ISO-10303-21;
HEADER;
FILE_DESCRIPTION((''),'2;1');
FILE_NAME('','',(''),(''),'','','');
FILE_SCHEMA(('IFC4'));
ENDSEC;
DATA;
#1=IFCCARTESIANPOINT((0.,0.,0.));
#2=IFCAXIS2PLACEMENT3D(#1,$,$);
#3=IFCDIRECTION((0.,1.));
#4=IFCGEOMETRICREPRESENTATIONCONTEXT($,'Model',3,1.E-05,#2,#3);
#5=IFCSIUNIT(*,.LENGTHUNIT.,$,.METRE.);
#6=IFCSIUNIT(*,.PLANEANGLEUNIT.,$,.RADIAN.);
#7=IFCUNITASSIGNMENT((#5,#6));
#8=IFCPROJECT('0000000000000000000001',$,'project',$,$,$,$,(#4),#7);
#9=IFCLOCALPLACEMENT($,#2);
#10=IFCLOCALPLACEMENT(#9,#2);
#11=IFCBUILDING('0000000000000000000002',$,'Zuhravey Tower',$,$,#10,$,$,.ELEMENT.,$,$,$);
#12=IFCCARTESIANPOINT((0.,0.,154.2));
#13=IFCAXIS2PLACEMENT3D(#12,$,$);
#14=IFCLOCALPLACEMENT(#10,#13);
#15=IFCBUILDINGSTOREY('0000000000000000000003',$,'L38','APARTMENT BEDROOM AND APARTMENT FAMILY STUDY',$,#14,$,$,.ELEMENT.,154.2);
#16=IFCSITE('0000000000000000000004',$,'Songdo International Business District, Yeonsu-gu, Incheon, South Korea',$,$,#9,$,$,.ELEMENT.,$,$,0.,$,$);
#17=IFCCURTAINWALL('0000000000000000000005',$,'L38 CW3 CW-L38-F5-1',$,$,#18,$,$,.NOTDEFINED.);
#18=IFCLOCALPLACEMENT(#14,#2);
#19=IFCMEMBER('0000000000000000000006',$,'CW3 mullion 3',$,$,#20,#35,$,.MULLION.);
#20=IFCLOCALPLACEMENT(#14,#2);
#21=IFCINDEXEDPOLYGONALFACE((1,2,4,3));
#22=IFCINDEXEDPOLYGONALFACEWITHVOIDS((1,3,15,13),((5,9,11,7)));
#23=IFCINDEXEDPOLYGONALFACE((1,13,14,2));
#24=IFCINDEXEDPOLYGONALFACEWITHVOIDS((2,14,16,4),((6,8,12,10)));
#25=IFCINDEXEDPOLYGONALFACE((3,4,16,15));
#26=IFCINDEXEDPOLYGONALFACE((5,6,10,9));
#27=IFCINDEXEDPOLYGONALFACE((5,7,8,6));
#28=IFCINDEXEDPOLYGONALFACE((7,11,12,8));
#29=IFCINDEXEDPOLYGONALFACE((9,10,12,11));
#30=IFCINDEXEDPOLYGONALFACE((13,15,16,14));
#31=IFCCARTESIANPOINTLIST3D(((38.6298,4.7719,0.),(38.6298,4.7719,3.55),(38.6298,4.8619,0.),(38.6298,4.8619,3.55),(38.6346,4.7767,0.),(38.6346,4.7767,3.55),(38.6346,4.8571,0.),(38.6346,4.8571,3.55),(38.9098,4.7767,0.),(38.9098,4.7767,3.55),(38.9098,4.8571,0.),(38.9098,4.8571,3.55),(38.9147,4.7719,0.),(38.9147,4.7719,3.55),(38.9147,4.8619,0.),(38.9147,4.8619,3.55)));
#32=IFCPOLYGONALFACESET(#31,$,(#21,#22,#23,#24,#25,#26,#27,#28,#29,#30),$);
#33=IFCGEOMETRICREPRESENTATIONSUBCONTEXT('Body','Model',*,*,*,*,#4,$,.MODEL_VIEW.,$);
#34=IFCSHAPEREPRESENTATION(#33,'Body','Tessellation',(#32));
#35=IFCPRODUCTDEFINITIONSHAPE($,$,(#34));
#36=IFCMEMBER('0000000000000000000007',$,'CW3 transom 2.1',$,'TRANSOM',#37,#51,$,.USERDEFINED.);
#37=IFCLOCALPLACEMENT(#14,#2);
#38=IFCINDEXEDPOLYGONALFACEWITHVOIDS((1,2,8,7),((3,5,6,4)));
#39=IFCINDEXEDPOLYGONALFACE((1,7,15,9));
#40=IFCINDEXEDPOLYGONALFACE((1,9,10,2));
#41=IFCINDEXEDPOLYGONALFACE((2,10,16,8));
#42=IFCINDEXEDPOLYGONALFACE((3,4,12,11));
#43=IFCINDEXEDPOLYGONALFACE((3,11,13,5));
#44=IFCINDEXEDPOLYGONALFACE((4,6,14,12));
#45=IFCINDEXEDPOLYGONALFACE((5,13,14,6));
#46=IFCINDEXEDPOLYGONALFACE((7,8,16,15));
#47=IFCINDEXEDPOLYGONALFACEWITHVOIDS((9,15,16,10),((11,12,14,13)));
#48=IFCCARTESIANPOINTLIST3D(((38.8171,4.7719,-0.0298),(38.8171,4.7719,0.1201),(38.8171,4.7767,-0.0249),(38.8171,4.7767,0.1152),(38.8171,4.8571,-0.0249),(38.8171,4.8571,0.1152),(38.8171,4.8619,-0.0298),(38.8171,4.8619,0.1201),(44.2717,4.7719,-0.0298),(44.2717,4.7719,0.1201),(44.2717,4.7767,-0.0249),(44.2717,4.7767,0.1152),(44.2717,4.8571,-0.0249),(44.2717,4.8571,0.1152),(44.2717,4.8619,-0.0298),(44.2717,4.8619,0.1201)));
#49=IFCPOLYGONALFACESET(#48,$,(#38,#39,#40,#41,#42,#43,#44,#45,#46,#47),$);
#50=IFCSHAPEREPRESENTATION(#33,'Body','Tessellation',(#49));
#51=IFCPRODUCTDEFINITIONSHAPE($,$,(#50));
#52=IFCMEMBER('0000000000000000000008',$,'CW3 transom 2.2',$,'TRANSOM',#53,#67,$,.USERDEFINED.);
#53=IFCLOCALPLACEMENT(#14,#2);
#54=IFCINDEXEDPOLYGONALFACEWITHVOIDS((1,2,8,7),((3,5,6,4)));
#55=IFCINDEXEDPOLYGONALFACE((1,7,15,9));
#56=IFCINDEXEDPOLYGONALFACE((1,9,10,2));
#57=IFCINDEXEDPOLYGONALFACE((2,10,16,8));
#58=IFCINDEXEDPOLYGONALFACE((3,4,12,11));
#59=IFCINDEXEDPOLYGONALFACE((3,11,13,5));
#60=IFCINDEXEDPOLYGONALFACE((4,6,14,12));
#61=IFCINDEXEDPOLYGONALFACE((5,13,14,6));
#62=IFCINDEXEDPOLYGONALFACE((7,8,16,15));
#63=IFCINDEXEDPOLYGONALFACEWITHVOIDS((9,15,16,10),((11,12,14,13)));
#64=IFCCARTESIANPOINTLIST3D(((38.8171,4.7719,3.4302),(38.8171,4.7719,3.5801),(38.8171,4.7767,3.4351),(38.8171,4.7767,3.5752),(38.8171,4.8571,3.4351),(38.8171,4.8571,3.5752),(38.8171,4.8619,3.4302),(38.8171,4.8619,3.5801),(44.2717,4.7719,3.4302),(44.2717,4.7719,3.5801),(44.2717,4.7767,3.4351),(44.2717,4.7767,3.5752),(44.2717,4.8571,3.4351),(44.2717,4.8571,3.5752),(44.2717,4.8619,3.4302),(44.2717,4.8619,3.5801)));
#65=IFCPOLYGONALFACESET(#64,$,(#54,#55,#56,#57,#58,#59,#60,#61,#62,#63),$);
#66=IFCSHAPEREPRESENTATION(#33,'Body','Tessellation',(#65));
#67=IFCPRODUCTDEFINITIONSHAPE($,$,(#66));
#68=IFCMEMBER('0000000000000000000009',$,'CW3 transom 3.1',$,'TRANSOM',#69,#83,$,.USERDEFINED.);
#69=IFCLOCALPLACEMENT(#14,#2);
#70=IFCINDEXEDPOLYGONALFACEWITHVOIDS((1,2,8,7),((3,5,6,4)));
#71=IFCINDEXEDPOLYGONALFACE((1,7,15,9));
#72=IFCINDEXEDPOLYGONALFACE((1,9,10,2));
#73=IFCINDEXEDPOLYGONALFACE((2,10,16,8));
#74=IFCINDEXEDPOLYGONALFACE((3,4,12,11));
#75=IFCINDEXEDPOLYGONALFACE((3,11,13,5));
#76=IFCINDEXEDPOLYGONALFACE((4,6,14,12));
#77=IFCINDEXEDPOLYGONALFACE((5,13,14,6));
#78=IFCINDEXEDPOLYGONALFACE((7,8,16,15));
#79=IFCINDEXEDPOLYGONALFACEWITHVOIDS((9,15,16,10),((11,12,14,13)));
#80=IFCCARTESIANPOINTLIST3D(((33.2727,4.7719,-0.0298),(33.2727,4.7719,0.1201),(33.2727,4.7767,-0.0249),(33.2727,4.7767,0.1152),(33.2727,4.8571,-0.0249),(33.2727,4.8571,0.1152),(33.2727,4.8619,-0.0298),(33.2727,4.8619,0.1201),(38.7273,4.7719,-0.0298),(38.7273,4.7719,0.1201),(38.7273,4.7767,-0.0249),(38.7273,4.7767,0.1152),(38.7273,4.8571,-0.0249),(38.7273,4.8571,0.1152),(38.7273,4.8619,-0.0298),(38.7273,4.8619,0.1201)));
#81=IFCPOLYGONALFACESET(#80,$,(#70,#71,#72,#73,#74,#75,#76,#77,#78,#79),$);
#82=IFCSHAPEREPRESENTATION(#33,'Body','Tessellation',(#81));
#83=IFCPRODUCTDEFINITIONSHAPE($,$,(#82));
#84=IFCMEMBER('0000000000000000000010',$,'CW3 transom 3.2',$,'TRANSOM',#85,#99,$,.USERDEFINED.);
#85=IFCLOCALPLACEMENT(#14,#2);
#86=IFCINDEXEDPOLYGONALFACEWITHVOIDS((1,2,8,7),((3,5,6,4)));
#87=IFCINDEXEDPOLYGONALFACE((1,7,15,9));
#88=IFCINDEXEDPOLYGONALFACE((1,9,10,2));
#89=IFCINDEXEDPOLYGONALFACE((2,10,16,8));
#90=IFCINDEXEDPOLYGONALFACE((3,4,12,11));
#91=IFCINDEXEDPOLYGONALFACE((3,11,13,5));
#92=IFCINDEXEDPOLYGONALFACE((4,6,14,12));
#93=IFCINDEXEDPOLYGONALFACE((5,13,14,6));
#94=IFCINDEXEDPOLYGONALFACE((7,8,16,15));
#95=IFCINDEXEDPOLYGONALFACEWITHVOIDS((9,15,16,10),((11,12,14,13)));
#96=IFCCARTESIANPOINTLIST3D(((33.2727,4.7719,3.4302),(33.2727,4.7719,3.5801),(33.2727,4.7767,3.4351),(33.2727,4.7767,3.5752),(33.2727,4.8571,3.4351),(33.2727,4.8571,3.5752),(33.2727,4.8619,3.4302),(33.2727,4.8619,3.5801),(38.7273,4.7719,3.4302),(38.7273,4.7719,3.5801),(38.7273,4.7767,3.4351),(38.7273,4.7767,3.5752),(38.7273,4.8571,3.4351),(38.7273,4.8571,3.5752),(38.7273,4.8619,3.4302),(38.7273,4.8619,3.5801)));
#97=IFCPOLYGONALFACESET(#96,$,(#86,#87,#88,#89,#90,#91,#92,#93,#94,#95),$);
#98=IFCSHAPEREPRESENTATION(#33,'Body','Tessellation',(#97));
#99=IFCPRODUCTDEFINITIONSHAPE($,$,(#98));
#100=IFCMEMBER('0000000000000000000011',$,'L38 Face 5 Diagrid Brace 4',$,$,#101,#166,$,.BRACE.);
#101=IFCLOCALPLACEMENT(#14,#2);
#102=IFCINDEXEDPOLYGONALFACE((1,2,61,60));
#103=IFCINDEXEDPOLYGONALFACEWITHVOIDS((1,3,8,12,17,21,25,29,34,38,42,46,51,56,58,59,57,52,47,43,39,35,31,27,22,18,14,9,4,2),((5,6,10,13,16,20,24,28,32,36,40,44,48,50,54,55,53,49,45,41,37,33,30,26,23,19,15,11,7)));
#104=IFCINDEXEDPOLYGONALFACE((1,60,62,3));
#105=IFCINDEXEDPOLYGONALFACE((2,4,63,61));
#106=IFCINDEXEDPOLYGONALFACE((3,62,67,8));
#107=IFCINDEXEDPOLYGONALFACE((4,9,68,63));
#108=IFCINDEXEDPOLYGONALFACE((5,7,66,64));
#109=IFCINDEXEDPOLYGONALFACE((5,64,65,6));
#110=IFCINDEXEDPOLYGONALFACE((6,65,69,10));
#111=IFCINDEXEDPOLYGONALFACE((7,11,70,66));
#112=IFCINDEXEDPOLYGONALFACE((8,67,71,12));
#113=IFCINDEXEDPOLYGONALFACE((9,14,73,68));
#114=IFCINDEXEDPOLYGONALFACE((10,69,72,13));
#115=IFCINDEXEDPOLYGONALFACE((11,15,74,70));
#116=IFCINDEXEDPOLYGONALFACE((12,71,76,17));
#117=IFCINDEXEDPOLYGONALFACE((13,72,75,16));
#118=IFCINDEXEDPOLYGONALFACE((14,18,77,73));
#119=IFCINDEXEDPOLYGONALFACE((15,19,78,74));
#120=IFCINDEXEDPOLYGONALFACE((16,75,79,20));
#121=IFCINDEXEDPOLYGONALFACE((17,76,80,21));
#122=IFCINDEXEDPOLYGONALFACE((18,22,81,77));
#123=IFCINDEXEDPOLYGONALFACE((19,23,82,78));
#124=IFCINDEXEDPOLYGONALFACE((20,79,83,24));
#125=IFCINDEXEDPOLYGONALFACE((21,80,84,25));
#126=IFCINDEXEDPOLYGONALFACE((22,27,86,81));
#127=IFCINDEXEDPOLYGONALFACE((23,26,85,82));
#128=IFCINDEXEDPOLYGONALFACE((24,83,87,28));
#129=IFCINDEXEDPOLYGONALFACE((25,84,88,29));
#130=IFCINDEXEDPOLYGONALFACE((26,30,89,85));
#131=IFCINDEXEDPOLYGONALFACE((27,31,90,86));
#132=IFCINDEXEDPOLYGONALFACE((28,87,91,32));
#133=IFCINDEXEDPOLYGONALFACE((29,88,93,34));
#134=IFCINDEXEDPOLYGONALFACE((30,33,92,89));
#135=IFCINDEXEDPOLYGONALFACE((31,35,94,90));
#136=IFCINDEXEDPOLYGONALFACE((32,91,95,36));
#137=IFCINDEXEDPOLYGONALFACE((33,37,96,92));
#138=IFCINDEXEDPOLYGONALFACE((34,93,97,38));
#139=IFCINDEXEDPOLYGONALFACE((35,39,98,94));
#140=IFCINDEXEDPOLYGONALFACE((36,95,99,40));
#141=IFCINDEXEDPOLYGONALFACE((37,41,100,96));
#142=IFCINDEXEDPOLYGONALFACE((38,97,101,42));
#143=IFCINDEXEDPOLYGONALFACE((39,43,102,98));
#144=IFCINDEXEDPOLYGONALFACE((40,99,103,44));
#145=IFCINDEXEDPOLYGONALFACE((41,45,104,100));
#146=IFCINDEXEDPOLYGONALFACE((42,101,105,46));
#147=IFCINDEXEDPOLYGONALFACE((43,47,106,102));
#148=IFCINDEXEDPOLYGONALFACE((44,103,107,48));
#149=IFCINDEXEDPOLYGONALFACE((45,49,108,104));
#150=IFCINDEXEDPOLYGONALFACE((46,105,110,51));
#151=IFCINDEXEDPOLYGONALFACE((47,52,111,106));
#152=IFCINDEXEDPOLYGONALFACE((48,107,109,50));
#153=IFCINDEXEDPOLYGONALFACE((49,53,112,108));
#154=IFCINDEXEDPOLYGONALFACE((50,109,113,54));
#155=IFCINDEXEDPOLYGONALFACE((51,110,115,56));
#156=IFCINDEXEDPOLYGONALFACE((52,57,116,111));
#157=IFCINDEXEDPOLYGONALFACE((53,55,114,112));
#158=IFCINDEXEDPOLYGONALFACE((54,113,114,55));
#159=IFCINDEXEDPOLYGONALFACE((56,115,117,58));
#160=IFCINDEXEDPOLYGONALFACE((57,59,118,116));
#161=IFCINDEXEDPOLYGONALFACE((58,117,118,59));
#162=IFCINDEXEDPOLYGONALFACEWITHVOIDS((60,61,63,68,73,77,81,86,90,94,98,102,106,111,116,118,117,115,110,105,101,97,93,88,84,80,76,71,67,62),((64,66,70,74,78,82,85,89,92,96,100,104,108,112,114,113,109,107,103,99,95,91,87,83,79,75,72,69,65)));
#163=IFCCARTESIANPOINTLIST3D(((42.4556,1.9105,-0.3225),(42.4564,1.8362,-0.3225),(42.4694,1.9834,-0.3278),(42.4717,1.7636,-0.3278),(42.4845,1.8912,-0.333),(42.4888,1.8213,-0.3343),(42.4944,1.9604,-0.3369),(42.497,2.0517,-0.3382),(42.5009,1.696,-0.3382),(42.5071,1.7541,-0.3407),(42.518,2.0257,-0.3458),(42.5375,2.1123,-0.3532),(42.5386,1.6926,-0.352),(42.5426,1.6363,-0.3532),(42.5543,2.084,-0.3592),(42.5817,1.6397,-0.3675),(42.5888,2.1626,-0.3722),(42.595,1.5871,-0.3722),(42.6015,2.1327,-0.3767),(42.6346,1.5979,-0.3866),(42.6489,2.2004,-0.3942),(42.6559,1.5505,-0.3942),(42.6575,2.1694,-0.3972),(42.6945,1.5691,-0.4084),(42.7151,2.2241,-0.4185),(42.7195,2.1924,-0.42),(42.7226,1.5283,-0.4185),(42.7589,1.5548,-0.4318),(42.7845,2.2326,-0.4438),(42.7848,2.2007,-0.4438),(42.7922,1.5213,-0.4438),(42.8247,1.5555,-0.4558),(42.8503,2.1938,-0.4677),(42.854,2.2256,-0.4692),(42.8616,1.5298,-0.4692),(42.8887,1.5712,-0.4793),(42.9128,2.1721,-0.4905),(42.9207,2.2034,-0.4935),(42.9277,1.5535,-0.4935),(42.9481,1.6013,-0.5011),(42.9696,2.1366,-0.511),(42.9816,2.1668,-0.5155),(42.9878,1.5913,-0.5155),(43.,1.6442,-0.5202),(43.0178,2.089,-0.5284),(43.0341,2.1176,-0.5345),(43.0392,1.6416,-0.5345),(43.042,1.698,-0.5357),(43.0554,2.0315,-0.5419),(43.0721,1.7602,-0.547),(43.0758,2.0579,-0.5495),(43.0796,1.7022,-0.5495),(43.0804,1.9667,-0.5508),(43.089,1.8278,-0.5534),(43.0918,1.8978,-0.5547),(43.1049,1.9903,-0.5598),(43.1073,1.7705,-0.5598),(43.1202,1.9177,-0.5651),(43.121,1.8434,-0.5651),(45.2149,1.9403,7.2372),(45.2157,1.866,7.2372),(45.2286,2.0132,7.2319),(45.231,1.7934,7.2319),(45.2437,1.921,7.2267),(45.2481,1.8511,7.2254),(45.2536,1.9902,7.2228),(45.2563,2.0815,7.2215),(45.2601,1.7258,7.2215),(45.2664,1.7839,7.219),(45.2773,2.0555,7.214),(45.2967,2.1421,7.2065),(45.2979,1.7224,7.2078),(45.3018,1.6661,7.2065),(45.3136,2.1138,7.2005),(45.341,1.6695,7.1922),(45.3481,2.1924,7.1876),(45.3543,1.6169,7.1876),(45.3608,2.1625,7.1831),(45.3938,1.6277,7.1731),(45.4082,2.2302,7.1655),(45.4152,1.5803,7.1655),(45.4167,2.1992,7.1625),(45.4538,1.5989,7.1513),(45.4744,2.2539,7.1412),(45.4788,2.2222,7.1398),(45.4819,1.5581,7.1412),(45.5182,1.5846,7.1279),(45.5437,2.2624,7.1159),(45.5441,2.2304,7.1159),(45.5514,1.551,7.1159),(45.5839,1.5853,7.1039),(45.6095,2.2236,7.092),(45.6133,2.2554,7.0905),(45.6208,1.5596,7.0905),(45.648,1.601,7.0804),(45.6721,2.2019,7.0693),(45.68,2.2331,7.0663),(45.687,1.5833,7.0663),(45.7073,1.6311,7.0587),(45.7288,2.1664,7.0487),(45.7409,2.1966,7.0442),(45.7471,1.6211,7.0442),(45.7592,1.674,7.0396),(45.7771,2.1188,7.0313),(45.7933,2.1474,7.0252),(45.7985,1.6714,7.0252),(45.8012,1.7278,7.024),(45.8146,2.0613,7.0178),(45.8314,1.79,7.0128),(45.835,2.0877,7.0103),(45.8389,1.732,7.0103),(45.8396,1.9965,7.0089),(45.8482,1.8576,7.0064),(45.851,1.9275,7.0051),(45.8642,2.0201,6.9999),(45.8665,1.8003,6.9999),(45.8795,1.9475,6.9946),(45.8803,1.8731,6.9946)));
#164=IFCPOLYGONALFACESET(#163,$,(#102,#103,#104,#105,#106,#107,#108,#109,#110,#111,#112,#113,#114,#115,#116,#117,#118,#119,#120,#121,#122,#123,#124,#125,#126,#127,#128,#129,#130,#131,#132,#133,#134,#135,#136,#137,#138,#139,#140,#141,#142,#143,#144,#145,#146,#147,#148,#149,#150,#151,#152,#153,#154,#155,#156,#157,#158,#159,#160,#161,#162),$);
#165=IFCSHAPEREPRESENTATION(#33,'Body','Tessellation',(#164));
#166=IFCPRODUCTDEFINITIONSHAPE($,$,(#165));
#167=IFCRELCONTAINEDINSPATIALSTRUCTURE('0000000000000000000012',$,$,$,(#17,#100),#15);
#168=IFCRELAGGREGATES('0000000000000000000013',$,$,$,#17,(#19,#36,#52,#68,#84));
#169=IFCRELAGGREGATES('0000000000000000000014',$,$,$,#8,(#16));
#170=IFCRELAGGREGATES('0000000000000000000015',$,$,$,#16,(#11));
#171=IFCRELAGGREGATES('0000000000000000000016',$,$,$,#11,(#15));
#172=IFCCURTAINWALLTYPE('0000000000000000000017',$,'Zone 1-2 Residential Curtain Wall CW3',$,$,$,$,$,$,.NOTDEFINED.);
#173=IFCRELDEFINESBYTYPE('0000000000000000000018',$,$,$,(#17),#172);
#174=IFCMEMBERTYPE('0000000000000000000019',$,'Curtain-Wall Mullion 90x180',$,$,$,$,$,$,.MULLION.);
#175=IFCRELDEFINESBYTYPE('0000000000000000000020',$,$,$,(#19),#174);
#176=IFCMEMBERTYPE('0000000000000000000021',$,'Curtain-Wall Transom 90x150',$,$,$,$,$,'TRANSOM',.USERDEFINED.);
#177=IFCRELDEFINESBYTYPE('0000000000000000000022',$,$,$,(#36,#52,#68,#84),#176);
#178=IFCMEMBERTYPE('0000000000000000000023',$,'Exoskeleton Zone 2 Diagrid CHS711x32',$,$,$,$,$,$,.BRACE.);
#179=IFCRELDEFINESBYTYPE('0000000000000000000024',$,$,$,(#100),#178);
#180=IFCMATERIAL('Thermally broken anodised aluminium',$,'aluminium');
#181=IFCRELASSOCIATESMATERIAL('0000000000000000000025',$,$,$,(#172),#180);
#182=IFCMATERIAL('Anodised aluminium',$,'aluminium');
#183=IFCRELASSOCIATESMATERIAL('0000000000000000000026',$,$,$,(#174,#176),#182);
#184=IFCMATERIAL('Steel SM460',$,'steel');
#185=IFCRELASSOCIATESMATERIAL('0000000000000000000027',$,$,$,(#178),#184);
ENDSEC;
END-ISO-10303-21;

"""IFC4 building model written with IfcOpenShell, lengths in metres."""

from ifc_helpers import new_model, si_unit, direction, frame, origin, origin_2d, place, context, subcontext, project, spatial, hollow_rectangle, hollow_circle, extrude, material, material_profile, profile_set, type_object, element, aggregate, save


model = new_model("IFC4")

# Units and contexts
model_context = context("Model", 3, precision=1e-05, world=origin(), true_north=direction((0.0, 1.0)))
body_context = subcontext(model_context, "Body", "Model", "MODEL_VIEW")
ifc_project = project(units=[si_unit("LENGTHUNIT", "METRE"), si_unit("PLANEANGLEUNIT", "RADIAN")], contexts=[model_context])

# Site, building, storey
site_placement = place(None, origin())
site = spatial("IfcSite", under=ifc_project, at=site_placement, Name="Songdo International Business District, Yeonsu-gu, Incheon, South Korea", CompositionType="ELEMENT", RefElevation=0.0)
building_placement = place(site_placement, origin())
building = spatial("IfcBuilding", under=site, at=building_placement, Name="Zuhravey Tower", CompositionType="ELEMENT")
storey_placement = place(building_placement, frame((0.0, 0.0, 154.2)))
storey = spatial("IfcBuildingStorey", under=building, at=storey_placement, Name="L38", Description="APARTMENT BEDROOM AND APARTMENT FAMILY STUDY", CompositionType="ELEMENT", Elevation=154.2)

# Curtain wall, members
ifc_material_1 = material(Name="Thermally broken anodised aluminium", Category="aluminium")
curtain_wall_type = type_object("IfcCurtainWallType", Name="Zone 1-2 Residential Curtain Wall CW3", PredefinedType="NOTDEFINED", material=ifc_material_1)
curtain_wall_placement = place(storey_placement, origin())
curtain_wall = element("IfcCurtainWall", 1, at=curtain_wall_placement, inside=storey, type_object=curtain_wall_type, Name="L38 CW3 CW-L38-F5-1", PredefinedType="NOTDEFINED")
ifc_material_2 = material(Name="Anodised aluminium", Category="aluminium")
ifc_material_profile_1 = material_profile(ifc_material_2, hollow_rectangle(XDim=0.0901, YDim=0.2849, WallThickness=0.0049, at=origin_2d()), Name="ALU-RHS-90x285x5")
ifc_profile_set_1 = profile_set([ifc_material_profile_1], Name="Anodised aluminium")
member_type_1 = type_object("IfcMemberType", Name="Curtain-Wall Mullion 90x180", PredefinedType="MULLION", material=ifc_profile_set_1)
member_1_placement = place(storey_placement, frame((38.7722, 4.8169, 0.0), z_axis=(0.0, 0.0, 1.0), x_axis=(0.0, -1.0, 0.0)))
member_1 = element("IfcMember", 2, at=member_1_placement, type_object=member_type_1, Name="CW3 mullion 3", PredefinedType="MULLION", context=body_context, shape_type="SweptSolid", body=[
    extrude(hollow_rectangle(XDim=0.0901, YDim=0.2849, WallThickness=0.0049, at=origin_2d()), origin(), (0.0, 0.0, 1.0), 3.55),
])
ifc_material_profile_2 = material_profile(ifc_material_2, hollow_rectangle(XDim=0.0901, YDim=0.1499, WallThickness=0.0049, at=origin_2d()), Name="ALU-RHS-90x150x5")
ifc_profile_set_2 = profile_set([ifc_material_profile_2], Name="Anodised aluminium")
member_type_2 = type_object("IfcMemberType", Name="Curtain-Wall Transom 90x150", ElementType="TRANSOM", PredefinedType="USERDEFINED", material=ifc_profile_set_2)
member_2_placement = place(storey_placement, frame((44.2717, 4.8169, 0.0452), z_axis=(-1.0, 0.0, 0.0), x_axis=(0.0, -1.0, 0.0)))
member_2 = element("IfcMember", 3, at=member_2_placement, type_object=member_type_2, Name="CW3 transom 2.1", ObjectType="TRANSOM", PredefinedType="USERDEFINED", context=body_context, shape_type="SweptSolid", body=[
    extrude(hollow_rectangle(XDim=0.0901, YDim=0.1499, WallThickness=0.0049, at=origin_2d()), origin(), (0.0, 0.0, 1.0), 5.4546),
])
member_3_placement = place(storey_placement, frame((44.2717, 4.8169, 3.5051), z_axis=(-1.0, 0.0, 0.0), x_axis=(0.0, -1.0, 0.0)))
member_3 = element("IfcMember", 4, at=member_3_placement, type_object=member_type_2, Name="CW3 transom 2.2", ObjectType="TRANSOM", PredefinedType="USERDEFINED", context=body_context, shape_type="SweptSolid", body=[
    extrude(hollow_rectangle(XDim=0.0901, YDim=0.1499, WallThickness=0.0049, at=origin_2d()), origin(), (0.0, 0.0, 1.0), 5.4546),
])
member_4_placement = place(storey_placement, frame((38.7273, 4.8169, 0.0452), z_axis=(-1.0, 0.0, 0.0), x_axis=(0.0, -1.0, 0.0)))
member_4 = element("IfcMember", 5, at=member_4_placement, type_object=member_type_2, Name="CW3 transom 3.1", ObjectType="TRANSOM", PredefinedType="USERDEFINED", context=body_context, shape_type="SweptSolid", body=[
    extrude(hollow_rectangle(XDim=0.0901, YDim=0.1499, WallThickness=0.0049, at=origin_2d()), origin(), (0.0, 0.0, 1.0), 5.4546),
])
member_5_placement = place(storey_placement, frame((38.7273, 4.8169, 3.5051), z_axis=(-1.0, 0.0, 0.0), x_axis=(0.0, -1.0, 0.0)))
member_5 = element("IfcMember", 6, at=member_5_placement, type_object=member_type_2, Name="CW3 transom 3.2", ObjectType="TRANSOM", PredefinedType="USERDEFINED", context=body_context, shape_type="SweptSolid", body=[
    extrude(hollow_rectangle(XDim=0.0901, YDim=0.1499, WallThickness=0.0049, at=origin_2d()), origin(), (0.0, 0.0, 1.0), 5.4546),
])

# Member
ifc_material_3 = material(Name="Steel SM460", Category="steel")
ifc_material_profile_3 = material_profile(ifc_material_3, hollow_circle(Radius=0.3557, WallThickness=0.032, at=origin_2d()), Name="CHS-711.2x32")
ifc_profile_set_3 = profile_set([ifc_material_profile_3], Name="Steel SM460")
member_type_3 = type_object("IfcMemberType", Name="Exoskeleton Zone 2 Diagrid CHS711x32", PredefinedType="BRACE", material=ifc_profile_set_3)
member_6_placement = place(storey_placement, frame((42.7883, 1.877, -0.4438), z_axis=(0.342866, 0.003701, 0.939377), x_axis=(-0.010794, 0.999942, 0.0)))
element("IfcMember", 7, at=member_6_placement, inside=storey, type_object=member_type_3, Name="L38 Face 5 Diagrid Brace 4", PredefinedType="BRACE", context=body_context, shape_type="SweptSolid", body=[
    extrude(hollow_circle(Radius=0.3557, WallThickness=0.032, at=origin_2d()), origin(), (0.0, 0.0, 1.0), 8.0476),
])

aggregate(curtain_wall, [member_1, member_2, member_3, member_4, member_5])

save(model, "model.ifc")
